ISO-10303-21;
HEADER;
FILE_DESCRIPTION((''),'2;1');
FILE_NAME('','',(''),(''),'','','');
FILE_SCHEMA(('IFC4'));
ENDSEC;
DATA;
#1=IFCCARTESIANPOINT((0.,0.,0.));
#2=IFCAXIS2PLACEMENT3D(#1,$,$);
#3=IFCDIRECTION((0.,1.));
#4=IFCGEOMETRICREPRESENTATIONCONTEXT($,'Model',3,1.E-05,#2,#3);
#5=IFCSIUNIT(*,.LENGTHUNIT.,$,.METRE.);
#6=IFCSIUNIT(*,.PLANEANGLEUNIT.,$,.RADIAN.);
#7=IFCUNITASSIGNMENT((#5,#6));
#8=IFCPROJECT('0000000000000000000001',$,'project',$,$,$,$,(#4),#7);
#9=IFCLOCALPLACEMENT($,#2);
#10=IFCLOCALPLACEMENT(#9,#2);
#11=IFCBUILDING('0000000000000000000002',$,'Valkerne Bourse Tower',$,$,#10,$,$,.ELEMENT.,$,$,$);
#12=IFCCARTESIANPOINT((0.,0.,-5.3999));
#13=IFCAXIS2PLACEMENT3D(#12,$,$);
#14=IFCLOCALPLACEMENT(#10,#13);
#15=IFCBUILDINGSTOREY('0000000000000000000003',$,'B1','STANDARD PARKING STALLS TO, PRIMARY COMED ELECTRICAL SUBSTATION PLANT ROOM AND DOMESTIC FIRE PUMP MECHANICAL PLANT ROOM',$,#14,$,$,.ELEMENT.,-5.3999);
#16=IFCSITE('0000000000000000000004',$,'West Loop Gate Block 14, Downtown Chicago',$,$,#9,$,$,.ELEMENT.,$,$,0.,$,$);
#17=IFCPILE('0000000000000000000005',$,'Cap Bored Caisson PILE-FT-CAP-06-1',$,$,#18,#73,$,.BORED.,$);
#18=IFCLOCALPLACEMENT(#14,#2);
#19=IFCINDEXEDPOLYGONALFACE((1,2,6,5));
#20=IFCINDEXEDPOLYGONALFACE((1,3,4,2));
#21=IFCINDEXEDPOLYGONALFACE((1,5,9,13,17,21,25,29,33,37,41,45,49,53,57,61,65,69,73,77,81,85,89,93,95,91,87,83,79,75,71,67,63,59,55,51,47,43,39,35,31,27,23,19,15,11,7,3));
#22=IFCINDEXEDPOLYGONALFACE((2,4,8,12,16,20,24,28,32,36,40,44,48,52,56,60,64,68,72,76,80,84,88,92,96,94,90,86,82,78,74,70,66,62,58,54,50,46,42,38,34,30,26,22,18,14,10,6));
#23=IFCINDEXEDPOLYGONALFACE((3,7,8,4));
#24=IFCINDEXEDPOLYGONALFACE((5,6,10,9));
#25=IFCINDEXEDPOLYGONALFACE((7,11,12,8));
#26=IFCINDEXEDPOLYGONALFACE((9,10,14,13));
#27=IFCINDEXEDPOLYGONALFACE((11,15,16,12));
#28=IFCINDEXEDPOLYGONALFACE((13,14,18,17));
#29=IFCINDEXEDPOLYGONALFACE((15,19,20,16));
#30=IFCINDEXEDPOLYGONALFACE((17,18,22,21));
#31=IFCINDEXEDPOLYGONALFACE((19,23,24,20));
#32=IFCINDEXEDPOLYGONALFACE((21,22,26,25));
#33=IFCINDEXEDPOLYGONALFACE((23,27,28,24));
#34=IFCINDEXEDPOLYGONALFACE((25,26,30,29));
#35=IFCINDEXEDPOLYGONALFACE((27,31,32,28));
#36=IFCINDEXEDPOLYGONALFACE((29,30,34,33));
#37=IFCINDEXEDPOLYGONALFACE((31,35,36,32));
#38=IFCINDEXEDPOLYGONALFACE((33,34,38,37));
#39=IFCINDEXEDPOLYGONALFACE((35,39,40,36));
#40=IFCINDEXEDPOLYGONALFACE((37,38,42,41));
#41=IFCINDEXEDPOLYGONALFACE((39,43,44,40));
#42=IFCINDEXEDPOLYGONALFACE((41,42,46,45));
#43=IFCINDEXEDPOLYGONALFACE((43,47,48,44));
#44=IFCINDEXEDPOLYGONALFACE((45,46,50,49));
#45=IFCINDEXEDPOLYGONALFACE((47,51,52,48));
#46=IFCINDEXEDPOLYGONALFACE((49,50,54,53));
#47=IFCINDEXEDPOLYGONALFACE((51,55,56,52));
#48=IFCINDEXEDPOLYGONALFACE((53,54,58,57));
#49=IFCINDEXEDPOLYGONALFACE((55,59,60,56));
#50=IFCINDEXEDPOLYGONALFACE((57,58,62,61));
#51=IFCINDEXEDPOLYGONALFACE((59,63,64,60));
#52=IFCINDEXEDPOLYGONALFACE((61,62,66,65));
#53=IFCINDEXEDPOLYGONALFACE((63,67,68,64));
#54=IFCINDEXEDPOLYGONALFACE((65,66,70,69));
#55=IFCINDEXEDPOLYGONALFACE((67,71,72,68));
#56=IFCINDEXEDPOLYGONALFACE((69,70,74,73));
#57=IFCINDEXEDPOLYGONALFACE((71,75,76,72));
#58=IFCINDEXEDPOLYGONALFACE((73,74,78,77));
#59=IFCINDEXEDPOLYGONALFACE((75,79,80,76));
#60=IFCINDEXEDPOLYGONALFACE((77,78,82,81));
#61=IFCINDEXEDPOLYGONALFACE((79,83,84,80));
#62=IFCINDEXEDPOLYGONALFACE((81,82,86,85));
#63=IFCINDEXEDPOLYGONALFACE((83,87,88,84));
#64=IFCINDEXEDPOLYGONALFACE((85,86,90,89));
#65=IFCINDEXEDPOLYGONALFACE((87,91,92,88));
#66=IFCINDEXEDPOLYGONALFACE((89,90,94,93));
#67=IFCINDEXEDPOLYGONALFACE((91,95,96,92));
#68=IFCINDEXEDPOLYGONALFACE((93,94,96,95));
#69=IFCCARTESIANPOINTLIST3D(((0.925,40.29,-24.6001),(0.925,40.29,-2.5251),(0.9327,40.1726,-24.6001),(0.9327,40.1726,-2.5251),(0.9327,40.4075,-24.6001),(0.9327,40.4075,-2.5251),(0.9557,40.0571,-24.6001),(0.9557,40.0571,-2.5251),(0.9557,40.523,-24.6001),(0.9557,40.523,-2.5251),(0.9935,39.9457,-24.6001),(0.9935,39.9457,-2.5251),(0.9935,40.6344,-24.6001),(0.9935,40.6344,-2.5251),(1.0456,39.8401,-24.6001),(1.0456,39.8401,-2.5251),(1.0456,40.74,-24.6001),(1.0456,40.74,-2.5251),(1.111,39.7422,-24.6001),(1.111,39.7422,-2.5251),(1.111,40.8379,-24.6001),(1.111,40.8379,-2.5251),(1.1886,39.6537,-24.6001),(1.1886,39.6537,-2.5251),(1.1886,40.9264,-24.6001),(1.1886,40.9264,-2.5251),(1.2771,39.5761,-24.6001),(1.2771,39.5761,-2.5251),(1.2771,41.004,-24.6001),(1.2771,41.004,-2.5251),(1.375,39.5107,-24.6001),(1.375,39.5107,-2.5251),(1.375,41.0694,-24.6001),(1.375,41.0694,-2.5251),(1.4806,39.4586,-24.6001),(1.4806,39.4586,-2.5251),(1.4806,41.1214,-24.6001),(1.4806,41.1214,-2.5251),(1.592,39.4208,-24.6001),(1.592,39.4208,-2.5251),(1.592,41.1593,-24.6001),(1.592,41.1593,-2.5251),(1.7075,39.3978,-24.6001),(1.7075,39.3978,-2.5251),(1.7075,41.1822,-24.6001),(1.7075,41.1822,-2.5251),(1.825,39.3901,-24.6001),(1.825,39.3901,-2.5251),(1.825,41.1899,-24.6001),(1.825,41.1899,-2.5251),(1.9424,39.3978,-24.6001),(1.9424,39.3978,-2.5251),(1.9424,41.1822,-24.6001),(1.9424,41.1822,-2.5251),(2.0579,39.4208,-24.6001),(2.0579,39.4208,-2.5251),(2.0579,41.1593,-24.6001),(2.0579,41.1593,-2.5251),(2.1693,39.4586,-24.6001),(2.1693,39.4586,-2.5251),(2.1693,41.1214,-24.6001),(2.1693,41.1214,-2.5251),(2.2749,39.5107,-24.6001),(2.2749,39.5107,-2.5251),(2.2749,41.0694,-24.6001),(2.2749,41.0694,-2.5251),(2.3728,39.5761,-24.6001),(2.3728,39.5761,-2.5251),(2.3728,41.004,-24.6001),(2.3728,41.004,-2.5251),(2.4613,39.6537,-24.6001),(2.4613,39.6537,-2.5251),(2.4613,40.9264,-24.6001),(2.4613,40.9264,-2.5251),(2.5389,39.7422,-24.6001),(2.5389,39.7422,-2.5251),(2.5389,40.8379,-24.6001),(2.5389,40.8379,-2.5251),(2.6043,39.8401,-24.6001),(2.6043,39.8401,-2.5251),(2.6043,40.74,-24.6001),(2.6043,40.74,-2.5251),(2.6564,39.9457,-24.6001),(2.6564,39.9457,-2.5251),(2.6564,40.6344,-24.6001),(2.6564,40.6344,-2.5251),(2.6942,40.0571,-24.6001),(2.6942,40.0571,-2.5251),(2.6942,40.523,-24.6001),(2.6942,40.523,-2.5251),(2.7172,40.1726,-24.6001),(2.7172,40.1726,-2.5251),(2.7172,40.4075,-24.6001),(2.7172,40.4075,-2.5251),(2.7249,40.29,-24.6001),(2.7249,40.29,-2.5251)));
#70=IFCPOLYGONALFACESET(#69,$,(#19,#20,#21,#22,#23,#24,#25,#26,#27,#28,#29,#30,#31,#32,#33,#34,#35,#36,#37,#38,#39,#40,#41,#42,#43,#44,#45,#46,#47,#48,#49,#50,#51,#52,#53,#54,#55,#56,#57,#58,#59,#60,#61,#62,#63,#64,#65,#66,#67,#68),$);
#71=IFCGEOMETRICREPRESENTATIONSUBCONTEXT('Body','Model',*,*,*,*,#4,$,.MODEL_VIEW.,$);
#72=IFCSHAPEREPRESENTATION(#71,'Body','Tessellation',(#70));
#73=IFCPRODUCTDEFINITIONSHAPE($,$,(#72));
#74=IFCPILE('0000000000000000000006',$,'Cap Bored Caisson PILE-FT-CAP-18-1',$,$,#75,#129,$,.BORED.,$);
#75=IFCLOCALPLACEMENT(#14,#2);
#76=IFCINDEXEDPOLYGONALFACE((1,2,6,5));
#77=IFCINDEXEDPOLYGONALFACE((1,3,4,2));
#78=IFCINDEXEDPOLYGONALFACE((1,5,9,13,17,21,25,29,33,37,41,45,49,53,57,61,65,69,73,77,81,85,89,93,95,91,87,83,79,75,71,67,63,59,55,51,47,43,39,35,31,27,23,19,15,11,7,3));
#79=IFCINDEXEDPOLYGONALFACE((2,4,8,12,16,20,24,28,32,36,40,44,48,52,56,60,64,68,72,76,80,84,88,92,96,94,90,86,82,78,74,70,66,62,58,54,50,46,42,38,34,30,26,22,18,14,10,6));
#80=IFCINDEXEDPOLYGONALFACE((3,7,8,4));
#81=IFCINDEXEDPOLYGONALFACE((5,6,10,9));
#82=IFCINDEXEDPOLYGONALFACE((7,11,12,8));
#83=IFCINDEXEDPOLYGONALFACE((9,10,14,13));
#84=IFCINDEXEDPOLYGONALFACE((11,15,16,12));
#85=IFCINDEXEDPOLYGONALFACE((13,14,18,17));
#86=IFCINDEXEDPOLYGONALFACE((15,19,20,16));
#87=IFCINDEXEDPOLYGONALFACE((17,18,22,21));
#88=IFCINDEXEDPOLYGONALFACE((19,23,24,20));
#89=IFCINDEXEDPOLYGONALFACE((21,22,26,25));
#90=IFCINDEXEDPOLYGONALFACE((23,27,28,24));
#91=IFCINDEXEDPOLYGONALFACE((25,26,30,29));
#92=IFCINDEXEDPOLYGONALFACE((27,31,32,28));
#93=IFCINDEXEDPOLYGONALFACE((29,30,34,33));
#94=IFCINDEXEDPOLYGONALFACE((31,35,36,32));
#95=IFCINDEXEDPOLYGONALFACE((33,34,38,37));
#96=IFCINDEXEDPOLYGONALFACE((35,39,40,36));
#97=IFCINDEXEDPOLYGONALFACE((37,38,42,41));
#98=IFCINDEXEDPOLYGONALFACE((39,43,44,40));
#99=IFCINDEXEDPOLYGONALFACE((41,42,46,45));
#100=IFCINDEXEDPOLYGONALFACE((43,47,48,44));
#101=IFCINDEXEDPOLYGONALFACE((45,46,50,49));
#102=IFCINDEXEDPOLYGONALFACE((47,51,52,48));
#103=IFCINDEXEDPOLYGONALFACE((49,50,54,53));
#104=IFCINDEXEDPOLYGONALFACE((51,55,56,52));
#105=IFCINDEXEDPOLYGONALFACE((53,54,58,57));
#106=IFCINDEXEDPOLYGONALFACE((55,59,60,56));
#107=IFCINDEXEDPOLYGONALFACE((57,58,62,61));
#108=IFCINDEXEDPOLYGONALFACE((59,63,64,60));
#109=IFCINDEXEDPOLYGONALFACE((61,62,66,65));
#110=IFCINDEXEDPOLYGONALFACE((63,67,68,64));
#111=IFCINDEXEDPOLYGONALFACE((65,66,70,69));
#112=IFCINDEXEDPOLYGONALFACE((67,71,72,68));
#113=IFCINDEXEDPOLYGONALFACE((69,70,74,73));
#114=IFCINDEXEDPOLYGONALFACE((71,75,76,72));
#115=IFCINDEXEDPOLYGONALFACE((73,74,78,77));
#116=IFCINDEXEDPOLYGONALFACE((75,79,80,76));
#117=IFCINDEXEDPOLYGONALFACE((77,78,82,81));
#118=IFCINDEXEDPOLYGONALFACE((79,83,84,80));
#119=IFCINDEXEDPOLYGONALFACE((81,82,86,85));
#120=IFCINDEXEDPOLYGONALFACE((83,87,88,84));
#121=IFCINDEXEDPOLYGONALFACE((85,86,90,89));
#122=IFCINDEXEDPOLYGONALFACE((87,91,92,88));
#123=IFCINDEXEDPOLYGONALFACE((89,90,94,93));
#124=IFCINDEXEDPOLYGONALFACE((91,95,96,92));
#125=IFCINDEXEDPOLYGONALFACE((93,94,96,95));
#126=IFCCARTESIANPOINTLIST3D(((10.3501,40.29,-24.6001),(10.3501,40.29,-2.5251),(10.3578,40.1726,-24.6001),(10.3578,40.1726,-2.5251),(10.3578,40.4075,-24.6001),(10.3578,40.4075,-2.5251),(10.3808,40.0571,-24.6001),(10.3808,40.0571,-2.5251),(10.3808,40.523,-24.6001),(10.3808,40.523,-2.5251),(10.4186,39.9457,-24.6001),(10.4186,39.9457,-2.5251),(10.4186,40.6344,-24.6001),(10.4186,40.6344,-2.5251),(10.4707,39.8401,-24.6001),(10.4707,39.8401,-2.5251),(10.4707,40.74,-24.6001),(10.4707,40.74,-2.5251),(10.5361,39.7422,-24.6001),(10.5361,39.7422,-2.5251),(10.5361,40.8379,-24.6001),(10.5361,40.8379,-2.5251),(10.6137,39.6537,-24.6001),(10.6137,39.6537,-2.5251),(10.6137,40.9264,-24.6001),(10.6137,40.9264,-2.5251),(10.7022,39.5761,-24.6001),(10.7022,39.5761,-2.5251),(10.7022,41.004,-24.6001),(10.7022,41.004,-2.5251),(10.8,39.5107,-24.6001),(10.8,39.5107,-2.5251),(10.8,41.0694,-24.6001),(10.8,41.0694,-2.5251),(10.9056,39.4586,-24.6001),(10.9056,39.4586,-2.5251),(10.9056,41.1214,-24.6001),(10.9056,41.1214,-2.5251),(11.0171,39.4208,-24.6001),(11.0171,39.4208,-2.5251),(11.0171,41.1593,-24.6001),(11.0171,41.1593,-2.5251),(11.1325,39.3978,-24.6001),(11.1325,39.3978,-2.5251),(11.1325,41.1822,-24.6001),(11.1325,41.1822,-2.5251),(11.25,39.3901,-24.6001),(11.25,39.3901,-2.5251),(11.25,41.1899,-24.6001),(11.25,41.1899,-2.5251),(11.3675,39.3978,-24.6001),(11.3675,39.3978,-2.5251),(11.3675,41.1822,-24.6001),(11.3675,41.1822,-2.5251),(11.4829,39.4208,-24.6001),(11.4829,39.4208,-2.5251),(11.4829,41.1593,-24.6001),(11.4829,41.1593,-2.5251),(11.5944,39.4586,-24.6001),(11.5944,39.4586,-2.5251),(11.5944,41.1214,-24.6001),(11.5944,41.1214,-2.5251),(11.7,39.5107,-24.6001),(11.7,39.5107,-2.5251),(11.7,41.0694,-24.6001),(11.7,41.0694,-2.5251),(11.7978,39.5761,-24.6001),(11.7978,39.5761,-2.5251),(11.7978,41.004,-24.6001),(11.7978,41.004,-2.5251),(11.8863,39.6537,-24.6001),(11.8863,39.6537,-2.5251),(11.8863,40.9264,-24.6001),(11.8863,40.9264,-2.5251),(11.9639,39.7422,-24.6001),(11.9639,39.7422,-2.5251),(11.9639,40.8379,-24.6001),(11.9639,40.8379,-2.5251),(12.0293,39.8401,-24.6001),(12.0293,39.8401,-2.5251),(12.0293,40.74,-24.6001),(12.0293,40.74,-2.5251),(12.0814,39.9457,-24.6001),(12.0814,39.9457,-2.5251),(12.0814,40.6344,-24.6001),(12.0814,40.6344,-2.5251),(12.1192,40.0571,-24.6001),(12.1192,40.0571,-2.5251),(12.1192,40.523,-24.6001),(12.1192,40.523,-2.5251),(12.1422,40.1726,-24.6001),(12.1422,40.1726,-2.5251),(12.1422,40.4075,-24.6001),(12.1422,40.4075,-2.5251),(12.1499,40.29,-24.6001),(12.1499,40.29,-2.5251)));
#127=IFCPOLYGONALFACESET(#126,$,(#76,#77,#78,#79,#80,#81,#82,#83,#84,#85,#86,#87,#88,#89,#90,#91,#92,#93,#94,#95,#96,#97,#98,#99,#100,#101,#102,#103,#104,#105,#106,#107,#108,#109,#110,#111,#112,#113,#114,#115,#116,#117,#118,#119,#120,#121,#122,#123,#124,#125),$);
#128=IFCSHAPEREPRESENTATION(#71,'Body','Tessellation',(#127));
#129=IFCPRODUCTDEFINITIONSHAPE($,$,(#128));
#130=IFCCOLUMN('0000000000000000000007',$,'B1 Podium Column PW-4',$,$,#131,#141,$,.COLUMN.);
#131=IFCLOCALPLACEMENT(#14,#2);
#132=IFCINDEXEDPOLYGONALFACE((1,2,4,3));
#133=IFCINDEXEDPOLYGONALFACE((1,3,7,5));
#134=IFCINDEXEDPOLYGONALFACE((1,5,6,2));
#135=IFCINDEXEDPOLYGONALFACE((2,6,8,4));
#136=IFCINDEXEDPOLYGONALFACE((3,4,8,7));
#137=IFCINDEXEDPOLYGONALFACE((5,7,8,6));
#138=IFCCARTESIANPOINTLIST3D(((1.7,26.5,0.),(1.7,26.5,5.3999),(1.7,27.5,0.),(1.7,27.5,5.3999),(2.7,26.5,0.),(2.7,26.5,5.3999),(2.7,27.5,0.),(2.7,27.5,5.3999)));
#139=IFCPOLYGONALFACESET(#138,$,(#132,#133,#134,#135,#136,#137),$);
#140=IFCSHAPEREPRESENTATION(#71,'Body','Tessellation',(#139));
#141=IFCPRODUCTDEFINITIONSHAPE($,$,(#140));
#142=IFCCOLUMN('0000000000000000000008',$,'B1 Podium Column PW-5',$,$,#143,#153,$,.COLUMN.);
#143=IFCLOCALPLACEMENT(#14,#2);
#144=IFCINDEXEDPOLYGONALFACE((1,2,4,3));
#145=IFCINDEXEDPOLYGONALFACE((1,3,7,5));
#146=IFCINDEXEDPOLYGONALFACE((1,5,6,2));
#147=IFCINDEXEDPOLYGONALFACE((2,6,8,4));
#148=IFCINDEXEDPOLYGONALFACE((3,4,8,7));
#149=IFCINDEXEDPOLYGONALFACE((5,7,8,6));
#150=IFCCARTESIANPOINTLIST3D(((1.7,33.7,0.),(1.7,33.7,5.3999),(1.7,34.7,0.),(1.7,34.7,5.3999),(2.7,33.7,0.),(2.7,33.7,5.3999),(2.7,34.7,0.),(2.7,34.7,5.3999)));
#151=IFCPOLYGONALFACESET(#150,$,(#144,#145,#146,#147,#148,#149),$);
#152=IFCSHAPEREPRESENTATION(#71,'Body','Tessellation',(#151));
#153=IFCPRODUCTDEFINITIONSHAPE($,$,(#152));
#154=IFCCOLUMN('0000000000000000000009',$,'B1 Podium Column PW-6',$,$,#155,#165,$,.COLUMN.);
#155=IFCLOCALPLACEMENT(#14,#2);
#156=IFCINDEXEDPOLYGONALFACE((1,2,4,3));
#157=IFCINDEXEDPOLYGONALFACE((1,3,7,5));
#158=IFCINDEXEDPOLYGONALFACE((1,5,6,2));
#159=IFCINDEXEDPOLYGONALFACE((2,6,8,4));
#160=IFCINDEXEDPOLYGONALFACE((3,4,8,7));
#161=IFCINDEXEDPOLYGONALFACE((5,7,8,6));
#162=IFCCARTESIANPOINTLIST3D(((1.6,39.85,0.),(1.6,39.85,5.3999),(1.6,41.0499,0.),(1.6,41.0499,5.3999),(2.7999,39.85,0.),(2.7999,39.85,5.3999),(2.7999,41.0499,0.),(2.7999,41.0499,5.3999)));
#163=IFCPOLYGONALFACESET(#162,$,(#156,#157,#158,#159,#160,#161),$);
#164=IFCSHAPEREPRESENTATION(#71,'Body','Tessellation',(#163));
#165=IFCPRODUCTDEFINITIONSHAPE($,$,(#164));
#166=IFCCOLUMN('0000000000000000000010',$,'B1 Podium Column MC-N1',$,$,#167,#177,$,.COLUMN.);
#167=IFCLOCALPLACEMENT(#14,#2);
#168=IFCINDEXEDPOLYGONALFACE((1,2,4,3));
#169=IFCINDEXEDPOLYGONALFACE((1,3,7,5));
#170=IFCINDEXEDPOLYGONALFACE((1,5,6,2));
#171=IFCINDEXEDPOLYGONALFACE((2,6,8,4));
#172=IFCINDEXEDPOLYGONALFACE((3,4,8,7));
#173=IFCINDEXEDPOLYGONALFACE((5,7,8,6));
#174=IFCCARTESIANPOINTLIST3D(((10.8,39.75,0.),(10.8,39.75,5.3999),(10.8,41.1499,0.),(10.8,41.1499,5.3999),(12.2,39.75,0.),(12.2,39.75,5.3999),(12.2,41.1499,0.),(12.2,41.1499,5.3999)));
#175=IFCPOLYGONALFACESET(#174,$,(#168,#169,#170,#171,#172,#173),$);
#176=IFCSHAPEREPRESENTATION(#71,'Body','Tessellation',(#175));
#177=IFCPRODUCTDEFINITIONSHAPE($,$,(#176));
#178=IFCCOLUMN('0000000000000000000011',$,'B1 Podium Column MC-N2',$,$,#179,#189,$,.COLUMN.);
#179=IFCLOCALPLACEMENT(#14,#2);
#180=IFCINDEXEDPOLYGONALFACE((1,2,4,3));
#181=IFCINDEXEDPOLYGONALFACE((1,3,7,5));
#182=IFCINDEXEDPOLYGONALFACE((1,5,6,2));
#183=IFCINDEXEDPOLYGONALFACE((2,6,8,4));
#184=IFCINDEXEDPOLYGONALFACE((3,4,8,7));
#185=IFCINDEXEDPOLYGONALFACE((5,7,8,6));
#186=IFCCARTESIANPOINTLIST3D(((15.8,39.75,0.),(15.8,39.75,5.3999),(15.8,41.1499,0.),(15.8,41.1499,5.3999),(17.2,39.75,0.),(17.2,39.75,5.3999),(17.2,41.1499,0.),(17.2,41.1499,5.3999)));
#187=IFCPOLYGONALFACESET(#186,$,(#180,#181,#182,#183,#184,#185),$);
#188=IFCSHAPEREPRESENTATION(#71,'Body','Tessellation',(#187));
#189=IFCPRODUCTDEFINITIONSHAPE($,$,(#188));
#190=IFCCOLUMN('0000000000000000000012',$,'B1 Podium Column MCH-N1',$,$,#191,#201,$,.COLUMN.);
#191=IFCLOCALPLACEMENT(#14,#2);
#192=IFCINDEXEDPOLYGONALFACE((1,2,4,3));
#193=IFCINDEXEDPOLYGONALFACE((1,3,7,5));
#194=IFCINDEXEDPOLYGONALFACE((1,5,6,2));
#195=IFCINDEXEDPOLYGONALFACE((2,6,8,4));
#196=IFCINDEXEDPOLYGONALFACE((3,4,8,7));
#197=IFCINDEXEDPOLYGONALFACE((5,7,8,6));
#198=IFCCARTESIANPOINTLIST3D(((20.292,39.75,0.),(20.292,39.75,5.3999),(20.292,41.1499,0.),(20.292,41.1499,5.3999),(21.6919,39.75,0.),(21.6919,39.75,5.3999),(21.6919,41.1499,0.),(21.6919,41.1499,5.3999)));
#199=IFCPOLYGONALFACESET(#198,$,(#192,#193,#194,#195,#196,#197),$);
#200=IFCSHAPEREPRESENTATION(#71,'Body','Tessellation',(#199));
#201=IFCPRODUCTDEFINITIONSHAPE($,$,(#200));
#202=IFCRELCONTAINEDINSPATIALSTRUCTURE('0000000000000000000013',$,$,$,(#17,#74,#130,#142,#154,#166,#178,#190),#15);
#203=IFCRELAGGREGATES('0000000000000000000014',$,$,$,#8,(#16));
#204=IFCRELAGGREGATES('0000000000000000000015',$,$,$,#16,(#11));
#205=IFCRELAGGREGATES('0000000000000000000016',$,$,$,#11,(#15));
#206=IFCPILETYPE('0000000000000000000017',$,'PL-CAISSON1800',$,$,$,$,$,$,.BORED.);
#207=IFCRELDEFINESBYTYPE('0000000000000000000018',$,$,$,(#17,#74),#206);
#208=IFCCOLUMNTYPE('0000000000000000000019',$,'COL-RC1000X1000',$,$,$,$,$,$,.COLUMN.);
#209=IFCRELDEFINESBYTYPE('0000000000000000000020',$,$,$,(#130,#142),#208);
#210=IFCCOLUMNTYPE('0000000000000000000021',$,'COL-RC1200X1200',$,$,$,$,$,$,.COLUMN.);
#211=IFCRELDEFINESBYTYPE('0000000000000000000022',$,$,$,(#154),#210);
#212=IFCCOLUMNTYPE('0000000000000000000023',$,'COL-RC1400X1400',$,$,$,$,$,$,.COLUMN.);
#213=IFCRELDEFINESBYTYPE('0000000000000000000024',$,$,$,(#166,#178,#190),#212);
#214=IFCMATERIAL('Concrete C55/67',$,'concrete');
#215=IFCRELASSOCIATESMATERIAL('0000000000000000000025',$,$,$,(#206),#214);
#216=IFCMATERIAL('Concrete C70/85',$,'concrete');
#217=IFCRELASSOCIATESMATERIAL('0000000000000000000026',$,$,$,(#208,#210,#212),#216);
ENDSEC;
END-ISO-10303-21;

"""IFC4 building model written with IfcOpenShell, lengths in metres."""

from ifc_helpers import new_model, si_unit, direction, frame, origin, origin_2d, place, context, subcontext, project, spatial, rectangle, circle, extrude, material, material_profile, profile_set, type_object, element, save


model = new_model("IFC4")

# Units and contexts
model_context = context("Model", 3, precision=1e-05, world=origin(), true_north=direction((0.0, 1.0)))
body_context = subcontext(model_context, "Body", "Model", "MODEL_VIEW")
ifc_project = project(units=[si_unit("LENGTHUNIT", "METRE"), si_unit("PLANEANGLEUNIT", "RADIAN")], contexts=[model_context])

# Site, building, storey
site_placement = place(None, origin())
site = spatial("IfcSite", under=ifc_project, at=site_placement, Name="West Loop Gate Block 14, Downtown Chicago", CompositionType="ELEMENT", RefElevation=0.0)
building_placement = place(site_placement, origin())
building = spatial("IfcBuilding", under=site, at=building_placement, Name="Valkerne Bourse Tower", CompositionType="ELEMENT")
storey_placement = place(building_placement, frame((0.0, 0.0, -5.3999)))
storey = spatial("IfcBuildingStorey", under=building, at=storey_placement, Name="B1", Description="STANDARD PARKING STALLS TO, PRIMARY COMED ELECTRICAL SUBSTATION PLANT ROOM AND DOMESTIC FIRE PUMP MECHANICAL PLANT ROOM", CompositionType="ELEMENT", Elevation=-5.3999)

# Shared definitions
ifc_material_1 = material(Name="Concrete C55/67", Category="concrete")

# Piles
ifc_material_profile_1 = material_profile(ifc_material_1, circle(Radius=0.8999, at=origin_2d()), Name="CAISSON1800")
ifc_profile_set_1 = profile_set([ifc_material_profile_1], Name="Concrete C55/67")
pile_type = type_object("IfcPileType", Name="PL-CAISSON1800", PredefinedType="BORED", material=ifc_profile_set_1)
for number, where, z_axis, x_axis, name in (
    (1, (1.825, 40.29, -2.5251), (0.0, 0.0, -1.0), (1.0, 0.0, 0.0), "Cap Bored Caisson PILE-FT-CAP-06-1"),
    (2, (11.25, 40.29, -2.5251), (0.0, 0.0, -1.0), (1.0, 0.0, 0.0), "Cap Bored Caisson PILE-FT-CAP-18-1"),
):
    element("IfcPile", number, at=place(storey_placement, frame(where, z_axis=z_axis, x_axis=x_axis)), inside=storey, type_object=pile_type, Name=name, PredefinedType="BORED", context=body_context, shape_type="SweptSolid", body=[
        extrude(circle(Radius=0.8999, at=origin_2d()), origin(), (0.0, 0.0, 1.0), 22.075),
    ])

# Columns
ifc_material_2 = material(Name="Concrete C70/85", Category="concrete")
ifc_material_profile_2 = material_profile(ifc_material_2, rectangle(XDim=1.0, YDim=1.0, at=origin_2d()), Name="RC1000X1000")
ifc_profile_set_2 = profile_set([ifc_material_profile_2], Name="Concrete C70/85")
column_type_1 = type_object("IfcColumnType", Name="COL-RC1000X1000", PredefinedType="COLUMN", material=ifc_profile_set_2)
for number, where, z_axis, x_axis, name in (
    (3, (2.2, 27.0, 0.0), (0.0, 0.0, 1.0), (1.0, 0.0, 0.0), "B1 Podium Column PW-4"),
    (4, (2.2, 34.2, 0.0), (0.0, 0.0, 1.0), (1.0, 0.0, 0.0), "B1 Podium Column PW-5"),
):
    element("IfcColumn", number, at=place(storey_placement, frame(where, z_axis=z_axis, x_axis=x_axis)), inside=storey, type_object=column_type_1, Name=name, PredefinedType="COLUMN", context=body_context, shape_type="SweptSolid", body=[
        extrude(rectangle(XDim=1.0, YDim=1.0, at=origin_2d()), origin(), (0.0, 0.0, 1.0), 5.3999),
    ])
ifc_material_profile_3 = material_profile(ifc_material_2, rectangle(XDim=1.2, YDim=1.2, at=origin_2d()), Name="RC1200X1200")
ifc_profile_set_3 = profile_set([ifc_material_profile_3], Name="Concrete C70/85")
column_type_2 = type_object("IfcColumnType", Name="COL-RC1200X1200", PredefinedType="COLUMN", material=ifc_profile_set_3)
column_1_placement = place(storey_placement, frame((2.2, 40.45, 0.0), z_axis=(0.0, 0.0, 1.0), x_axis=(1.0, 0.0, 0.0)))
element("IfcColumn", 5, at=column_1_placement, inside=storey, type_object=column_type_2, Name="B1 Podium Column PW-6", PredefinedType="COLUMN", context=body_context, shape_type="SweptSolid", body=[
    extrude(rectangle(XDim=1.2, YDim=1.2, at=origin_2d()), origin(), (0.0, 0.0, 1.0), 5.3999),
])
ifc_material_profile_4 = material_profile(ifc_material_2, rectangle(XDim=1.3999, YDim=1.3999, at=origin_2d()), Name="RC1400X1400")
ifc_profile_set_4 = profile_set([ifc_material_profile_4], Name="Concrete C70/85")
column_type_3 = type_object("IfcColumnType", Name="COL-RC1400X1400", PredefinedType="COLUMN", material=ifc_profile_set_4)
for number, where, z_axis, x_axis, name in (
    (6, (11.5, 40.45, 0.0), (0.0, 0.0, 1.0), (1.0, 0.0, 0.0), "B1 Podium Column MC-N1"),
    (7, (16.5, 40.45, 0.0), (0.0, 0.0, 1.0), (1.0, 0.0, 0.0), "B1 Podium Column MC-N2"),
    (8, (20.9919, 40.45, 0.0), (0.0, 0.0, 1.0), (1.0, 0.0, 0.0), "B1 Podium Column MCH-N1"),
):
    element("IfcColumn", number, at=place(storey_placement, frame(where, z_axis=z_axis, x_axis=x_axis)), inside=storey, type_object=column_type_3, Name=name, PredefinedType="COLUMN", context=body_context, shape_type="SweptSolid", body=[
        extrude(rectangle(XDim=1.3999, YDim=1.3999, at=origin_2d()), origin(), (0.0, 0.0, 1.0), 5.3999),
    ])

save(model, "model.ifc")
